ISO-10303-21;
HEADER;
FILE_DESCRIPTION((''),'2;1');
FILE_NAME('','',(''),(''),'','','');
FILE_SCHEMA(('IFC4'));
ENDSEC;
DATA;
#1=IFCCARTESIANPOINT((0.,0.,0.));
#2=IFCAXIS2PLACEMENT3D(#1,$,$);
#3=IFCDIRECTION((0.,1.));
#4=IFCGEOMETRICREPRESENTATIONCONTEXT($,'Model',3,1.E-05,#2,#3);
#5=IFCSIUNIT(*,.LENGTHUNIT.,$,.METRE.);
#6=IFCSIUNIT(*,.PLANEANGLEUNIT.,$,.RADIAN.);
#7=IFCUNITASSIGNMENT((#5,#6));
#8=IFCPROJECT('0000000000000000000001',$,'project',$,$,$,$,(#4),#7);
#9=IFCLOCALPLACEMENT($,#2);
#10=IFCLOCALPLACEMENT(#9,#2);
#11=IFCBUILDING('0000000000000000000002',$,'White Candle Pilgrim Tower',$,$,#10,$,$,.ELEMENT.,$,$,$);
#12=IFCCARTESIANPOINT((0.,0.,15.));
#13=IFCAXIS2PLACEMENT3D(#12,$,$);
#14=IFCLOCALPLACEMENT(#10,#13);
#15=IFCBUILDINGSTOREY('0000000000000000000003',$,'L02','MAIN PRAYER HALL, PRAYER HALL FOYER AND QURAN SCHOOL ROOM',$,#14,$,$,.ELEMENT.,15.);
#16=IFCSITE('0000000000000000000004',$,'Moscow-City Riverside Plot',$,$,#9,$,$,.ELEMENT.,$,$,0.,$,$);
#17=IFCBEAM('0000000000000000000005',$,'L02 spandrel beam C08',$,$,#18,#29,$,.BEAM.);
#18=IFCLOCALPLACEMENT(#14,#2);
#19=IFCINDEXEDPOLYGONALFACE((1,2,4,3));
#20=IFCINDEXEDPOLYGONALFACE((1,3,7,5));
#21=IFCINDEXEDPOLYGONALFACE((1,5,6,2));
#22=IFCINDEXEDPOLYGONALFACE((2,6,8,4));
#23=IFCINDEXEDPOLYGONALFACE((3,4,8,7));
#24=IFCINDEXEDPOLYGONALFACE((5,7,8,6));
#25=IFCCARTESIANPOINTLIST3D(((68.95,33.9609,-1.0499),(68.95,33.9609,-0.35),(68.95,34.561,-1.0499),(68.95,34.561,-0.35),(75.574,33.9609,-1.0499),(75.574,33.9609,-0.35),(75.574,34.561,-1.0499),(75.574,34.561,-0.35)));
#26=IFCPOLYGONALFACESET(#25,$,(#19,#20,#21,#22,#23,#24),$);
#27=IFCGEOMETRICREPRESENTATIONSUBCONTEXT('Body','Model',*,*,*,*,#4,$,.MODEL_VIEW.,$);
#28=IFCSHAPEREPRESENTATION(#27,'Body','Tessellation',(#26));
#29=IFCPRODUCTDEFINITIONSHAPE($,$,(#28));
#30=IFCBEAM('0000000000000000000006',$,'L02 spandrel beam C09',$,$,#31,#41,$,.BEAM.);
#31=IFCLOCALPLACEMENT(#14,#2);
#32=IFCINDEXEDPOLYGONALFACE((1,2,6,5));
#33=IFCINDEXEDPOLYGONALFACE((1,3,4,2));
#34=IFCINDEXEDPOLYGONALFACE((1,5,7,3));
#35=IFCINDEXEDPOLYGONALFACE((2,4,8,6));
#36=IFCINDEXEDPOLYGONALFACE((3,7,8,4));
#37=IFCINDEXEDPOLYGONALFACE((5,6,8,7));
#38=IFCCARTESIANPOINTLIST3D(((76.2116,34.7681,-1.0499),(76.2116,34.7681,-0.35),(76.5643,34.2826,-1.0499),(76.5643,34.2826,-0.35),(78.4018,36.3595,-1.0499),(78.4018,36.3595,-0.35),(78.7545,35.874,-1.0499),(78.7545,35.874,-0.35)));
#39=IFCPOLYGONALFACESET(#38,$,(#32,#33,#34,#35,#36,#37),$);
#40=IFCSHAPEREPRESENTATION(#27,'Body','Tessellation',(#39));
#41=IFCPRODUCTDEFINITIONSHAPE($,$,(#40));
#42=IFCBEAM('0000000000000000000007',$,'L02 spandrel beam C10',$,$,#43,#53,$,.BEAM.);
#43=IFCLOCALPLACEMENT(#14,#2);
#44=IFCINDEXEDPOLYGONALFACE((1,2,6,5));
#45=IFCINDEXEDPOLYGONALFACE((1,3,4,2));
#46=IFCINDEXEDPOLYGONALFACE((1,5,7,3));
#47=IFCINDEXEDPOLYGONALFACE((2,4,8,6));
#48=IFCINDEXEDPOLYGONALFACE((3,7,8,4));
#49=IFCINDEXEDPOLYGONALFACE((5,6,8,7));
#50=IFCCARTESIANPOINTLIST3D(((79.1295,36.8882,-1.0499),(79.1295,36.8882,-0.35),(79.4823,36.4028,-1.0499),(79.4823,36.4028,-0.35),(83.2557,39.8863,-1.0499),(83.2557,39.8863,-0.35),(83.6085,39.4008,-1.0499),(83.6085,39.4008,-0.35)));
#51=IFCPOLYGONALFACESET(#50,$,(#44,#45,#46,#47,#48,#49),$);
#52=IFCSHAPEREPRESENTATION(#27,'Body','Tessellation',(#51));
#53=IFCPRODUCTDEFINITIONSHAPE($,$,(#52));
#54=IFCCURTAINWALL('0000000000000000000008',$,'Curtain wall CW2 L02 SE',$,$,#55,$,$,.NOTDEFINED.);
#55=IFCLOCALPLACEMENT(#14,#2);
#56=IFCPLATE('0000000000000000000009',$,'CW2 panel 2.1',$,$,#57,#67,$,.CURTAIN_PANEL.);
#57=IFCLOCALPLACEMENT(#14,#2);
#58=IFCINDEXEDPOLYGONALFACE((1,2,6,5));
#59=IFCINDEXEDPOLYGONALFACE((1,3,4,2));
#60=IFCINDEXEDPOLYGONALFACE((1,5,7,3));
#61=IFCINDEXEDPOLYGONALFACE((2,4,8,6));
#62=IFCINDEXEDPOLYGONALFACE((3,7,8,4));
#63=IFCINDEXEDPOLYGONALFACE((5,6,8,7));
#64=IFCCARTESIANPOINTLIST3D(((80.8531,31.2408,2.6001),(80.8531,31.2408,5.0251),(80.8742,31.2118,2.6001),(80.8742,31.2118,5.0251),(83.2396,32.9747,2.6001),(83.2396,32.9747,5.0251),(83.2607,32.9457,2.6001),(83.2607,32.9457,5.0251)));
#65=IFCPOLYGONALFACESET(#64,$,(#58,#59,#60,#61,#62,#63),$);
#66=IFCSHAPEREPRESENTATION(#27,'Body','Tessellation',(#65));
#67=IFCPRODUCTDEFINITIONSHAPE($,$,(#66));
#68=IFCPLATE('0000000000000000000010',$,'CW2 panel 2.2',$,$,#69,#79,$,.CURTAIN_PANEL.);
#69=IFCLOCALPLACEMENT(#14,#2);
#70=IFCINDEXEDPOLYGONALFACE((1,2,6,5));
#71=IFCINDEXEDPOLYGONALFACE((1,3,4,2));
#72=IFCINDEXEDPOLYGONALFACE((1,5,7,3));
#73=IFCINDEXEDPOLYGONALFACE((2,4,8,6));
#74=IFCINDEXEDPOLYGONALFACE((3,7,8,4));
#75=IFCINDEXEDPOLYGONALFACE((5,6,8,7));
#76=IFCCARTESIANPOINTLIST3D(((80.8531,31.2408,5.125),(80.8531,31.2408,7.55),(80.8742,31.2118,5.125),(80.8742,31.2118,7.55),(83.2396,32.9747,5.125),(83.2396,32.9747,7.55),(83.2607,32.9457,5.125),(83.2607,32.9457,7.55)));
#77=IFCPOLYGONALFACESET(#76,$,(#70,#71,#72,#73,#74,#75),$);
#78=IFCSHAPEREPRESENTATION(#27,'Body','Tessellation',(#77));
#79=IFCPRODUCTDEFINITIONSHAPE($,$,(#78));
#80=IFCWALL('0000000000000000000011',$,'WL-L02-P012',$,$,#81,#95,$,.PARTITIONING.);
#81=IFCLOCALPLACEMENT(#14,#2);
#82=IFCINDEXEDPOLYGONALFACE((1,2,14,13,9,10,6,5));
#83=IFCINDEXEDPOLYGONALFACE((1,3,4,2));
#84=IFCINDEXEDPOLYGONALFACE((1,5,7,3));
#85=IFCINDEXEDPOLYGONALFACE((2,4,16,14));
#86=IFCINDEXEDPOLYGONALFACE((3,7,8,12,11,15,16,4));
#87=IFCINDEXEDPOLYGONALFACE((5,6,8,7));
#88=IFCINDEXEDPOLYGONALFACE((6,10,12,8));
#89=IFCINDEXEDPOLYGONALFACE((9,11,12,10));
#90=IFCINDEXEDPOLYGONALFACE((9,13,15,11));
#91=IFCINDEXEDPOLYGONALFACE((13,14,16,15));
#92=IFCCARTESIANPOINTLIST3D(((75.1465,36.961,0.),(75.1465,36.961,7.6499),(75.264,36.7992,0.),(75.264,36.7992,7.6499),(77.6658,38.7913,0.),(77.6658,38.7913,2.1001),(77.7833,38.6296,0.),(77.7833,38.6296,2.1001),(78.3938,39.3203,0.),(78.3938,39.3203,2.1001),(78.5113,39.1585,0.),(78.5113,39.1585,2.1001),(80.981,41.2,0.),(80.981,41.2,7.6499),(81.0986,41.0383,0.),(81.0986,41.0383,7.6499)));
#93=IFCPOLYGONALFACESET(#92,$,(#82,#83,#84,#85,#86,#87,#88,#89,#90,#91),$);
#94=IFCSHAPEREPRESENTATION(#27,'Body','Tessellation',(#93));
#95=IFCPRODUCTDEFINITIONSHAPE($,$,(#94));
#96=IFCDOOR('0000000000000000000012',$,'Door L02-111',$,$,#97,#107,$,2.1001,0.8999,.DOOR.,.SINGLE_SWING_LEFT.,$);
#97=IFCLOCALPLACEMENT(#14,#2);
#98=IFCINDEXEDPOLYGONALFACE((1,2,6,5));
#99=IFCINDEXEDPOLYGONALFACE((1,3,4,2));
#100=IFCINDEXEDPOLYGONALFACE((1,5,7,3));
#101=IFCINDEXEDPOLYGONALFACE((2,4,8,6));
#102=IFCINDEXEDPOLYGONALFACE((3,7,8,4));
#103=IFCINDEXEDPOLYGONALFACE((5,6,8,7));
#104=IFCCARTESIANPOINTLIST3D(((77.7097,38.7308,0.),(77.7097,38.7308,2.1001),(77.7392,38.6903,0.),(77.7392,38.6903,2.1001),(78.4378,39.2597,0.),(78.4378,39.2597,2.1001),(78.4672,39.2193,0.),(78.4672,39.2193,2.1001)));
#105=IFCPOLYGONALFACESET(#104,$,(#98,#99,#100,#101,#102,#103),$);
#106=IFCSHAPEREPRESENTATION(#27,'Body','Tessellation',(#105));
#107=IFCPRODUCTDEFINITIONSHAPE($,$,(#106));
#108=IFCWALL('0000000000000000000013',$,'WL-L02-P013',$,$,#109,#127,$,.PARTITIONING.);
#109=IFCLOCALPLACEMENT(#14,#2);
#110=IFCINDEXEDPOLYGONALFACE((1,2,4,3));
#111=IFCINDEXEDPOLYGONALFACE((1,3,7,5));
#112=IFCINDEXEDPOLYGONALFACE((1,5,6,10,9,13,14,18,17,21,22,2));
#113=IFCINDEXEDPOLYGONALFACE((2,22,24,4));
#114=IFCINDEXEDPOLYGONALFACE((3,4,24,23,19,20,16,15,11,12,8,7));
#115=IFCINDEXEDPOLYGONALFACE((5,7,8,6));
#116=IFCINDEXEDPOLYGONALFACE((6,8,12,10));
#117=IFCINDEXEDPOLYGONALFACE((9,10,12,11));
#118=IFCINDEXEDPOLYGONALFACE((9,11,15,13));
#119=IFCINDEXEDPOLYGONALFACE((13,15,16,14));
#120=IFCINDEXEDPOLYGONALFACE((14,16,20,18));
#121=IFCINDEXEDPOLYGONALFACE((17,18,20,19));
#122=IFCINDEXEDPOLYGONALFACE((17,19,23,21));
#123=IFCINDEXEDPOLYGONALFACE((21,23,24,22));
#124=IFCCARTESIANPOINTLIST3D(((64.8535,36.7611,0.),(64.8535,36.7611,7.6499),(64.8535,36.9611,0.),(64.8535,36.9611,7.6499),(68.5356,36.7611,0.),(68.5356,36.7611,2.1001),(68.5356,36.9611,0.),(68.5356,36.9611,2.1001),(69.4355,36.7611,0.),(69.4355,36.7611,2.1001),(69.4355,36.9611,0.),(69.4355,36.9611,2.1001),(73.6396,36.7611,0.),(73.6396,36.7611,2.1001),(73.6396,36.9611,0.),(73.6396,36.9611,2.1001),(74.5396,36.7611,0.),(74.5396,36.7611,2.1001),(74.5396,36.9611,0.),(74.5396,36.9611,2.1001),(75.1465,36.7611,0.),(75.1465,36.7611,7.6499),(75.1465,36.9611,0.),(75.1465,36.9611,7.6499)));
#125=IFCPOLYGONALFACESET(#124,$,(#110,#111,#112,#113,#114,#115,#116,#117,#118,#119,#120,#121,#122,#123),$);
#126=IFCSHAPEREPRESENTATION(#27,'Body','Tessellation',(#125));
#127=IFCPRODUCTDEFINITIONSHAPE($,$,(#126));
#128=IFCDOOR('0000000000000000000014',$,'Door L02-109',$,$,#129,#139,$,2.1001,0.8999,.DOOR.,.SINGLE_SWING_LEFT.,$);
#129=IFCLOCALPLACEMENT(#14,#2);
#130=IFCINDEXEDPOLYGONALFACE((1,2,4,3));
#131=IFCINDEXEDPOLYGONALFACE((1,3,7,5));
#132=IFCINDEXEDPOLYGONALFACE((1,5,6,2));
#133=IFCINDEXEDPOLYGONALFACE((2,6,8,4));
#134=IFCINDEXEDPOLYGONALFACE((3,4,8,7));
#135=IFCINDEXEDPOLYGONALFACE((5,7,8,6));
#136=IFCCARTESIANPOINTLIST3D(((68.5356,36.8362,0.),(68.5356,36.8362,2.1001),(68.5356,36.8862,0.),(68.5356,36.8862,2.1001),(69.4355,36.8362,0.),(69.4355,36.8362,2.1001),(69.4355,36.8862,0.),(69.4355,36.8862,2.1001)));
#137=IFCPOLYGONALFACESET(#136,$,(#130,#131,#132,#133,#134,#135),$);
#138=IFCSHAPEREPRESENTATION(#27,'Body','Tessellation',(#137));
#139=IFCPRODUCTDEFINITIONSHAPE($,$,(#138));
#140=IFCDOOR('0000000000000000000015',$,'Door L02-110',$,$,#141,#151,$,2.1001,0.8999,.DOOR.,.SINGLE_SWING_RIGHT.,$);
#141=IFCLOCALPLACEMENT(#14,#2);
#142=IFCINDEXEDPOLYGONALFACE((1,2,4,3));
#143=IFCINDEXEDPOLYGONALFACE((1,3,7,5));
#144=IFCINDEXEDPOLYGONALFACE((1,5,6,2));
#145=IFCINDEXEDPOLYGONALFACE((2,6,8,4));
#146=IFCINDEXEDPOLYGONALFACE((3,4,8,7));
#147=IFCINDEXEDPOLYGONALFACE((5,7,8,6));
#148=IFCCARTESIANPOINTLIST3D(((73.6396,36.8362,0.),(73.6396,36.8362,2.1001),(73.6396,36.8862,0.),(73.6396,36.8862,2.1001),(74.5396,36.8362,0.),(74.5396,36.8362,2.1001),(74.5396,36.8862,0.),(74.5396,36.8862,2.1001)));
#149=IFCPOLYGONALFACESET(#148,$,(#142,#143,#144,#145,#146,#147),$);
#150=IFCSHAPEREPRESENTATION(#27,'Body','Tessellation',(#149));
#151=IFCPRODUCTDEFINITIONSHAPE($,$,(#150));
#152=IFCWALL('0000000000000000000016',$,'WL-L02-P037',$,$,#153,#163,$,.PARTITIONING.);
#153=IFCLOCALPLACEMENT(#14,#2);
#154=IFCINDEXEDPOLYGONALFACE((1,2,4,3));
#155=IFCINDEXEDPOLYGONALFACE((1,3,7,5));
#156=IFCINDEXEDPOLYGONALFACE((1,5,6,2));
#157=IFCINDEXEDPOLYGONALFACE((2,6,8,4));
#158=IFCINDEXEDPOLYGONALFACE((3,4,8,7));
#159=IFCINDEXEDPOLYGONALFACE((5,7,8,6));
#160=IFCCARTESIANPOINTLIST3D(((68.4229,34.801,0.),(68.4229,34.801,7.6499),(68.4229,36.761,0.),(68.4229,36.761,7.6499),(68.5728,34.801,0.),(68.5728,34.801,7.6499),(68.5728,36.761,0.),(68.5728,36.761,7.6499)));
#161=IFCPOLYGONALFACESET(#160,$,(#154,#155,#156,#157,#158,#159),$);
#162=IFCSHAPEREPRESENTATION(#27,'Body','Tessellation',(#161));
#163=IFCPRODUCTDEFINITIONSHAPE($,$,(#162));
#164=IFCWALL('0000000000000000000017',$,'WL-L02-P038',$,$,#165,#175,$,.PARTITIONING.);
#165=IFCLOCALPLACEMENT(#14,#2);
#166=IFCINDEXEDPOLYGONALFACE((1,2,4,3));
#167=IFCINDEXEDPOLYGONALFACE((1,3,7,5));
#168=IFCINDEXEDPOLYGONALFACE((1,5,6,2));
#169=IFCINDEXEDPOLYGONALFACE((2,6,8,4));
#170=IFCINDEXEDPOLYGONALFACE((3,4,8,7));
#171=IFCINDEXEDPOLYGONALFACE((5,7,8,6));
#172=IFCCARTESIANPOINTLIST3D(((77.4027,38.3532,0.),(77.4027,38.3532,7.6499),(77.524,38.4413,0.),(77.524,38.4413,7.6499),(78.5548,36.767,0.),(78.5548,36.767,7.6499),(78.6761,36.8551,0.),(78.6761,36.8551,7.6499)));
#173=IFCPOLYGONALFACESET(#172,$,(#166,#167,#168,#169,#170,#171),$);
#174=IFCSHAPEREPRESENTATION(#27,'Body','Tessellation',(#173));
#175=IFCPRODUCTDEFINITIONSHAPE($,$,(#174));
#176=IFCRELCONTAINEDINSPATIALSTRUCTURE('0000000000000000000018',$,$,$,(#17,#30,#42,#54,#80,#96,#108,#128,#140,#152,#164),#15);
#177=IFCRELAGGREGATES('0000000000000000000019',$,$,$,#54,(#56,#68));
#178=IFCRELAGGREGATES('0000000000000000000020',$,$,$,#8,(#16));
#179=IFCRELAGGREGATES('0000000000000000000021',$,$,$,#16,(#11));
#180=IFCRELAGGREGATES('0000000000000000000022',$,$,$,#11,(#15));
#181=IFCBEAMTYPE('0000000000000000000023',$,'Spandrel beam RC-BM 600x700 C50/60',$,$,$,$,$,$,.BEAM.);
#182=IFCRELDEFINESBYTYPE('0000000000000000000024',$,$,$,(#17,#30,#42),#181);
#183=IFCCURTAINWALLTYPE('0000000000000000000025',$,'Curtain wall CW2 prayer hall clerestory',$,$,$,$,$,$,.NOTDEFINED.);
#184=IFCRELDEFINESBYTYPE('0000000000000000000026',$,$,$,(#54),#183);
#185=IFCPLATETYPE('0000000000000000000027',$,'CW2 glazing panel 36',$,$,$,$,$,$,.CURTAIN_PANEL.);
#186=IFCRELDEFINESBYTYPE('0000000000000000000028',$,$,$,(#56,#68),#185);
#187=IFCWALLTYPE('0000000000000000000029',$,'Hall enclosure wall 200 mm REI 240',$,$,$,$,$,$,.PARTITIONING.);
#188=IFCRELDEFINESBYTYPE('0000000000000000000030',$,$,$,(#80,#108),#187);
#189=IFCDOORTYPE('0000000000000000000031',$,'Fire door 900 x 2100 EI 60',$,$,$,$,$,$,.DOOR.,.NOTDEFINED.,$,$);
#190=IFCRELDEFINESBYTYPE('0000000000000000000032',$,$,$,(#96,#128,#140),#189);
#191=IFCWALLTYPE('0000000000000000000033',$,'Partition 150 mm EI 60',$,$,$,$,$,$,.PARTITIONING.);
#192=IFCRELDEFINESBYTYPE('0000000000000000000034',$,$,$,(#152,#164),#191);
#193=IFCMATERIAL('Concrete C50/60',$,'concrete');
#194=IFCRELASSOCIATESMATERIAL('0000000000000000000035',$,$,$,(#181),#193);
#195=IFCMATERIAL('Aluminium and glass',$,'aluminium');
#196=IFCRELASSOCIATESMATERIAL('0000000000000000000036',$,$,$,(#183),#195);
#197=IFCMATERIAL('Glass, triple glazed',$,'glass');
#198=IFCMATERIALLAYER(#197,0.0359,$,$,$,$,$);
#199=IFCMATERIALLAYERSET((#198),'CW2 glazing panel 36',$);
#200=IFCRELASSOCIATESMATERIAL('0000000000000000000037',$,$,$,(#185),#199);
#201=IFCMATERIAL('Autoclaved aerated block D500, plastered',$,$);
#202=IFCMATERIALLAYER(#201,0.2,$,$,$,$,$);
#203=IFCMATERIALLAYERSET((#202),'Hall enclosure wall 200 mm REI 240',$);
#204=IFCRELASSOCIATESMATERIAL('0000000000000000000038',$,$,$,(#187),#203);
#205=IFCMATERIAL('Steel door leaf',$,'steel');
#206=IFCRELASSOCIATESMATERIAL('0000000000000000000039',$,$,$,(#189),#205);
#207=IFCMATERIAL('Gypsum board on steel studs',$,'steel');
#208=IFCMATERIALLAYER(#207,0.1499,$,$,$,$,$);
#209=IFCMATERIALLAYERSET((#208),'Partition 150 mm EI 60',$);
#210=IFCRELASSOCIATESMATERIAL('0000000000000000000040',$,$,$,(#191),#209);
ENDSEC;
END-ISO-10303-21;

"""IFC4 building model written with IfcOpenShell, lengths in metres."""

from ifc_helpers import new_model, si_unit, direction, frame, frame_2d, origin, origin_2d, place, context, subcontext, project, spatial, rectangle, extrude, material, layer, layer_set, material_profile, profile_set, type_object, element, fill, aggregate, save


model = new_model("IFC4")

# Units and contexts
model_context = context("Model", 3, precision=1e-05, world=origin(), true_north=direction((0.0, 1.0)))
body_context = subcontext(model_context, "Body", "Model", "MODEL_VIEW")
ifc_project = project(units=[si_unit("LENGTHUNIT", "METRE"), si_unit("PLANEANGLEUNIT", "RADIAN")], contexts=[model_context])

# Site, building, storey
site_placement = place(None, origin())
site = spatial("IfcSite", under=ifc_project, at=site_placement, Name="Moscow-City Riverside Plot", CompositionType="ELEMENT", RefElevation=0.0)
building_placement = place(site_placement, origin())
building = spatial("IfcBuilding", under=site, at=building_placement, Name="White Candle Pilgrim Tower", CompositionType="ELEMENT")
storey_placement = place(building_placement, frame((0.0, 0.0, 15.0)))
storey = spatial("IfcBuildingStorey", under=building, at=storey_placement, Name="L02", Description="MAIN PRAYER HALL, PRAYER HALL FOYER AND QURAN SCHOOL ROOM", CompositionType="ELEMENT", Elevation=15.0)

# Beams
ifc_material_1 = material(Name="Concrete C50/60", Category="concrete")
ifc_material_profile_1 = material_profile(ifc_material_1, rectangle(XDim=0.6001, YDim=0.7, at=origin_2d()), Name="RC-BM 600x700")
ifc_profile_set_1 = profile_set([ifc_material_profile_1], Name="Concrete C50/60")
beam_type = type_object("IfcBeamType", Name="Spandrel beam RC-BM 600x700 C50/60", PredefinedType="BEAM", material=ifc_profile_set_1)
beam_1_placement = place(storey_placement, frame((68.95, 34.261, -0.7), z_axis=(1.0, 0.0, 0.0), x_axis=(0.0, 1.0, 0.0)))
element("IfcBeam", 1, at=beam_1_placement, inside=storey, type_object=beam_type, Name="L02 spandrel beam C08", PredefinedType="BEAM", context=body_context, shape_type="SweptSolid", body=[
    extrude(rectangle(XDim=0.6001, YDim=0.7, at=origin_2d()), origin(), (0.0, 0.0, 1.0), 6.624),
])
beam_2_placement = place(storey_placement, frame((76.3879, 34.5254, -0.7), z_axis=(0.809009, 0.587796, 0.0), x_axis=(-0.587796, 0.809009, 0.0)))
element("IfcBeam", 2, at=beam_2_placement, inside=storey, type_object=beam_type, Name="L02 spandrel beam C09", PredefinedType="BEAM", context=body_context, shape_type="SweptSolid", body=[
    extrude(rectangle(XDim=0.6001, YDim=0.7, at=origin_2d()), origin(), (0.0, 0.0, 1.0), 2.7073),
])
beam_3_placement = place(storey_placement, frame((79.3059, 36.6455, -0.7), z_axis=(0.809001, 0.587807, 0.0), x_axis=(-0.587807, 0.809001, 0.0)))
element("IfcBeam", 3, at=beam_3_placement, inside=storey, type_object=beam_type, Name="L02 spandrel beam C10", PredefinedType="BEAM", context=body_context, shape_type="SweptSolid", body=[
    extrude(rectangle(XDim=0.6001, YDim=0.7, at=origin_2d()), origin(), (0.0, 0.0, 1.0), 5.1003),
])

# Curtain wall, plates
ifc_material_2 = material(Name="Aluminium and glass", Category="aluminium")
curtain_wall_type = type_object("IfcCurtainWallType", Name="Curtain wall CW2 prayer hall clerestory", PredefinedType="NOTDEFINED", material=ifc_material_2)
curtain_wall_placement = place(storey_placement, origin())
curtain_wall = element("IfcCurtainWall", 4, at=curtain_wall_placement, inside=storey, type_object=curtain_wall_type, Name="Curtain wall CW2 L02 SE", PredefinedType="NOTDEFINED")
ifc_material_3 = material(Name="Glass, triple glazed", Category="glass")
ifc_layer_1 = layer(ifc_material_3, 0.0359)
ifc_layer_set_1 = layer_set([ifc_layer_1], Name="CW2 glazing panel 36")
plate_type = type_object("IfcPlateType", Name="CW2 glazing panel 36", PredefinedType="CURTAIN_PANEL", material=ifc_layer_set_1)
plate_1_placement = place(storey_placement, frame((82.0569, 32.0933, 2.6001), z_axis=(0.0, 0.0, 1.0), x_axis=(0.809017, 0.587785, 0.0)))
plate_1 = element("IfcPlate", 5, at=plate_1_placement, type_object=plate_type, Name="CW2 panel 2.1", PredefinedType="CURTAIN_PANEL", context=body_context, shape_type="SweptSolid", body=[
    extrude(rectangle(XDim=2.95, YDim=0.0359, at=origin_2d()), origin(), (0.0, 0.0, 1.0), 2.425),
])
plate_2_placement = place(storey_placement, frame((82.0569, 32.0933, 5.125), z_axis=(0.0, 0.0, 1.0), x_axis=(0.809017, 0.587785, 0.0)))
plate_2 = element("IfcPlate", 6, at=plate_2_placement, type_object=plate_type, Name="CW2 panel 2.2", PredefinedType="CURTAIN_PANEL", context=body_context, shape_type="SweptSolid", body=[
    extrude(rectangle(XDim=2.95, YDim=0.0359, at=origin_2d()), origin(), (0.0, 0.0, 1.0), 2.425),
])
aggregate(curtain_wall, [plate_1, plate_2])

# Wall, opening, door
ifc_material_4 = material(Name="Autoclaved aerated block D500, plastered")
ifc_layer_2 = layer(ifc_material_4, 0.2)
ifc_layer_set_2 = layer_set([ifc_layer_2], Name="Hall enclosure wall 200 mm REI 240")
wall_type_1 = type_object("IfcWallType", Name="Hall enclosure wall 200 mm REI 240", PredefinedType="PARTITIONING", material=ifc_layer_set_2)
wall_1_placement = place(storey_placement, frame((81.0398, 41.1191, 0.0), z_axis=(0.0, 0.0, 1.0), x_axis=(-0.809016, -0.587787, 0.0)))
wall_1 = element("IfcWall", 7, at=wall_1_placement, inside=storey, type_object=wall_type_1, Name="WL-L02-P012", PredefinedType="PARTITIONING", context=body_context, shape_type="SweptSolid", body=[
    extrude(rectangle(XDim=7.2119, YDim=0.2, at=frame_2d((3.606, 0.0))), origin(), (0.0, 0.0, 1.0), 7.6499),
])
opening_1_placement = place(wall_1_placement, frame((3.198, 0.0, 0.0)))
opening_1 = element("IfcOpeningElement", 8, at=opening_1_placement, cuts=wall_1, PredefinedType="OPENING", context=body_context, shape_type="SweptSolid", body=[
    extrude(rectangle(XDim=0.8999, YDim=2.1001, at=frame_2d((0.45, 1.05))), frame((0.0, 0.1099, 0.0), z_axis=(0.0, -1.0, 0.0), x_axis=(1.0, 0.0, 0.0)), (0.0, 0.0, 1.0), 0.22),
])
ifc_material_5 = material(Name="Steel door leaf", Category="steel")
door_type_1 = type_object("IfcDoorType", Name="Fire door 900 x 2100 EI 60", OperationType="NOTDEFINED", PredefinedType="DOOR", material=ifc_material_5)
door_1_placement = place(opening_1_placement, origin())
door_1 = element("IfcDoor", 9, at=door_1_placement, inside=storey, type_object=door_type_1, Name="Door L02-111", OperationType="SINGLE_SWING_LEFT", OverallHeight=2.1001, OverallWidth=0.8999, PredefinedType="DOOR", context=body_context, shape_type="SweptSolid", body=[
    extrude(rectangle(XDim=0.8999, YDim=2.1001, at=frame_2d((0.45, 1.05))), frame((0.0, 0.0249, 0.0), z_axis=(0.0, -1.0, 0.0), x_axis=(1.0, 0.0, 0.0)), (0.0, 0.0, 1.0), 0.05),
])
fill(opening_1, door_1)

# Wall, openings, doors
wall_2_placement = place(storey_placement, frame((75.1465, 36.8611, 0.0), z_axis=(0.0, 0.0, 1.0), x_axis=(-1.0, 0.0, 0.0)))
wall_2 = element("IfcWall", 10, at=wall_2_placement, inside=storey, type_object=wall_type_1, Name="WL-L02-P013", PredefinedType="PARTITIONING", context=body_context, shape_type="SweptSolid", body=[
    extrude(rectangle(XDim=10.293, YDim=0.2, at=frame_2d((5.1465, 0.0))), origin(), (0.0, 0.0, 1.0), 7.6499),
])
opening_2_placement = place(wall_2_placement, frame((5.7109, 0.0, 0.0)))
opening_2 = element("IfcOpeningElement", 11, at=opening_2_placement, cuts=wall_2, PredefinedType="OPENING", context=body_context, shape_type="SweptSolid", body=[
    extrude(rectangle(XDim=0.8999, YDim=2.1001, at=frame_2d((0.45, 1.05))), frame((0.0, 0.1099, 0.0), z_axis=(0.0, -1.0, 0.0), x_axis=(1.0, 0.0, 0.0)), (0.0, 0.0, 1.0), 0.22),
])
opening_3_placement = place(wall_2_placement, frame((0.6069, 0.0, 0.0)))
opening_3 = element("IfcOpeningElement", 12, at=opening_3_placement, cuts=wall_2, PredefinedType="OPENING", context=body_context, shape_type="SweptSolid", body=[
    extrude(rectangle(XDim=0.8999, YDim=2.1001, at=frame_2d((0.45, 1.05))), frame((0.0, 0.1099, 0.0), z_axis=(0.0, -1.0, 0.0), x_axis=(1.0, 0.0, 0.0)), (0.0, 0.0, 1.0), 0.22),
])
door_2_placement = place(opening_2_placement, origin())
door_2 = element("IfcDoor", 13, at=door_2_placement, inside=storey, type_object=door_type_1, Name="Door L02-109", OperationType="SINGLE_SWING_LEFT", OverallHeight=2.1001, OverallWidth=0.8999, PredefinedType="DOOR", context=body_context, shape_type="SweptSolid", body=[
    extrude(rectangle(XDim=0.8999, YDim=2.1001, at=frame_2d((0.45, 1.05))), frame((0.0, 0.0249, 0.0), z_axis=(0.0, -1.0, 0.0), x_axis=(1.0, 0.0, 0.0)), (0.0, 0.0, 1.0), 0.05),
])
fill(opening_2, door_2)
door_3_placement = place(opening_3_placement, origin())
door_3 = element("IfcDoor", 14, at=door_3_placement, inside=storey, type_object=door_type_1, Name="Door L02-110", OperationType="SINGLE_SWING_RIGHT", OverallHeight=2.1001, OverallWidth=0.8999, PredefinedType="DOOR", context=body_context, shape_type="SweptSolid", body=[
    extrude(rectangle(XDim=0.8999, YDim=2.1001, at=frame_2d((0.45, 1.05))), frame((0.0, 0.0249, 0.0), z_axis=(0.0, -1.0, 0.0), x_axis=(1.0, 0.0, 0.0)), (0.0, 0.0, 1.0), 0.05),
])
fill(opening_3, door_3)

# Walls
ifc_material_6 = material(Name="Gypsum board on steel studs", Category="steel")
ifc_layer_3 = layer(ifc_material_6, 0.1499)
ifc_layer_set_3 = layer_set([ifc_layer_3], Name="Partition 150 mm EI 60")
wall_type_2 = type_object("IfcWallType", Name="Partition 150 mm EI 60", PredefinedType="PARTITIONING", material=ifc_layer_set_3)
wall_3_placement = place(storey_placement, frame((68.4978, 34.801, 0.0), z_axis=(0.0, 0.0, 1.0), x_axis=(0.0, 1.0, 0.0)))
element("IfcWall", 15, at=wall_3_placement, inside=storey, type_object=wall_type_2, Name="WL-L02-P037", PredefinedType="PARTITIONING", context=body_context, shape_type="SweptSolid", body=[
    extrude(rectangle(XDim=1.96, YDim=0.1499, at=frame_2d((0.98, 0.0))), origin(), (0.0, 0.0, 1.0), 7.6499),
])
wall_4_placement = place(storey_placement, frame((78.6155, 36.811, 0.0), z_axis=(0.0, 0.0, 1.0), x_axis=(-0.587675, 0.809097, 0.0)))
element("IfcWall", 16, at=wall_4_placement, inside=storey, type_object=wall_type_2, Name="WL-L02-P038", PredefinedType="PARTITIONING", context=body_context, shape_type="SweptSolid", body=[
    extrude(rectangle(XDim=1.9604, YDim=0.1499, at=frame_2d((0.9802, 0.0))), origin(), (0.0, 0.0, 1.0), 7.6499),
])

save(model, "model.ifc")
